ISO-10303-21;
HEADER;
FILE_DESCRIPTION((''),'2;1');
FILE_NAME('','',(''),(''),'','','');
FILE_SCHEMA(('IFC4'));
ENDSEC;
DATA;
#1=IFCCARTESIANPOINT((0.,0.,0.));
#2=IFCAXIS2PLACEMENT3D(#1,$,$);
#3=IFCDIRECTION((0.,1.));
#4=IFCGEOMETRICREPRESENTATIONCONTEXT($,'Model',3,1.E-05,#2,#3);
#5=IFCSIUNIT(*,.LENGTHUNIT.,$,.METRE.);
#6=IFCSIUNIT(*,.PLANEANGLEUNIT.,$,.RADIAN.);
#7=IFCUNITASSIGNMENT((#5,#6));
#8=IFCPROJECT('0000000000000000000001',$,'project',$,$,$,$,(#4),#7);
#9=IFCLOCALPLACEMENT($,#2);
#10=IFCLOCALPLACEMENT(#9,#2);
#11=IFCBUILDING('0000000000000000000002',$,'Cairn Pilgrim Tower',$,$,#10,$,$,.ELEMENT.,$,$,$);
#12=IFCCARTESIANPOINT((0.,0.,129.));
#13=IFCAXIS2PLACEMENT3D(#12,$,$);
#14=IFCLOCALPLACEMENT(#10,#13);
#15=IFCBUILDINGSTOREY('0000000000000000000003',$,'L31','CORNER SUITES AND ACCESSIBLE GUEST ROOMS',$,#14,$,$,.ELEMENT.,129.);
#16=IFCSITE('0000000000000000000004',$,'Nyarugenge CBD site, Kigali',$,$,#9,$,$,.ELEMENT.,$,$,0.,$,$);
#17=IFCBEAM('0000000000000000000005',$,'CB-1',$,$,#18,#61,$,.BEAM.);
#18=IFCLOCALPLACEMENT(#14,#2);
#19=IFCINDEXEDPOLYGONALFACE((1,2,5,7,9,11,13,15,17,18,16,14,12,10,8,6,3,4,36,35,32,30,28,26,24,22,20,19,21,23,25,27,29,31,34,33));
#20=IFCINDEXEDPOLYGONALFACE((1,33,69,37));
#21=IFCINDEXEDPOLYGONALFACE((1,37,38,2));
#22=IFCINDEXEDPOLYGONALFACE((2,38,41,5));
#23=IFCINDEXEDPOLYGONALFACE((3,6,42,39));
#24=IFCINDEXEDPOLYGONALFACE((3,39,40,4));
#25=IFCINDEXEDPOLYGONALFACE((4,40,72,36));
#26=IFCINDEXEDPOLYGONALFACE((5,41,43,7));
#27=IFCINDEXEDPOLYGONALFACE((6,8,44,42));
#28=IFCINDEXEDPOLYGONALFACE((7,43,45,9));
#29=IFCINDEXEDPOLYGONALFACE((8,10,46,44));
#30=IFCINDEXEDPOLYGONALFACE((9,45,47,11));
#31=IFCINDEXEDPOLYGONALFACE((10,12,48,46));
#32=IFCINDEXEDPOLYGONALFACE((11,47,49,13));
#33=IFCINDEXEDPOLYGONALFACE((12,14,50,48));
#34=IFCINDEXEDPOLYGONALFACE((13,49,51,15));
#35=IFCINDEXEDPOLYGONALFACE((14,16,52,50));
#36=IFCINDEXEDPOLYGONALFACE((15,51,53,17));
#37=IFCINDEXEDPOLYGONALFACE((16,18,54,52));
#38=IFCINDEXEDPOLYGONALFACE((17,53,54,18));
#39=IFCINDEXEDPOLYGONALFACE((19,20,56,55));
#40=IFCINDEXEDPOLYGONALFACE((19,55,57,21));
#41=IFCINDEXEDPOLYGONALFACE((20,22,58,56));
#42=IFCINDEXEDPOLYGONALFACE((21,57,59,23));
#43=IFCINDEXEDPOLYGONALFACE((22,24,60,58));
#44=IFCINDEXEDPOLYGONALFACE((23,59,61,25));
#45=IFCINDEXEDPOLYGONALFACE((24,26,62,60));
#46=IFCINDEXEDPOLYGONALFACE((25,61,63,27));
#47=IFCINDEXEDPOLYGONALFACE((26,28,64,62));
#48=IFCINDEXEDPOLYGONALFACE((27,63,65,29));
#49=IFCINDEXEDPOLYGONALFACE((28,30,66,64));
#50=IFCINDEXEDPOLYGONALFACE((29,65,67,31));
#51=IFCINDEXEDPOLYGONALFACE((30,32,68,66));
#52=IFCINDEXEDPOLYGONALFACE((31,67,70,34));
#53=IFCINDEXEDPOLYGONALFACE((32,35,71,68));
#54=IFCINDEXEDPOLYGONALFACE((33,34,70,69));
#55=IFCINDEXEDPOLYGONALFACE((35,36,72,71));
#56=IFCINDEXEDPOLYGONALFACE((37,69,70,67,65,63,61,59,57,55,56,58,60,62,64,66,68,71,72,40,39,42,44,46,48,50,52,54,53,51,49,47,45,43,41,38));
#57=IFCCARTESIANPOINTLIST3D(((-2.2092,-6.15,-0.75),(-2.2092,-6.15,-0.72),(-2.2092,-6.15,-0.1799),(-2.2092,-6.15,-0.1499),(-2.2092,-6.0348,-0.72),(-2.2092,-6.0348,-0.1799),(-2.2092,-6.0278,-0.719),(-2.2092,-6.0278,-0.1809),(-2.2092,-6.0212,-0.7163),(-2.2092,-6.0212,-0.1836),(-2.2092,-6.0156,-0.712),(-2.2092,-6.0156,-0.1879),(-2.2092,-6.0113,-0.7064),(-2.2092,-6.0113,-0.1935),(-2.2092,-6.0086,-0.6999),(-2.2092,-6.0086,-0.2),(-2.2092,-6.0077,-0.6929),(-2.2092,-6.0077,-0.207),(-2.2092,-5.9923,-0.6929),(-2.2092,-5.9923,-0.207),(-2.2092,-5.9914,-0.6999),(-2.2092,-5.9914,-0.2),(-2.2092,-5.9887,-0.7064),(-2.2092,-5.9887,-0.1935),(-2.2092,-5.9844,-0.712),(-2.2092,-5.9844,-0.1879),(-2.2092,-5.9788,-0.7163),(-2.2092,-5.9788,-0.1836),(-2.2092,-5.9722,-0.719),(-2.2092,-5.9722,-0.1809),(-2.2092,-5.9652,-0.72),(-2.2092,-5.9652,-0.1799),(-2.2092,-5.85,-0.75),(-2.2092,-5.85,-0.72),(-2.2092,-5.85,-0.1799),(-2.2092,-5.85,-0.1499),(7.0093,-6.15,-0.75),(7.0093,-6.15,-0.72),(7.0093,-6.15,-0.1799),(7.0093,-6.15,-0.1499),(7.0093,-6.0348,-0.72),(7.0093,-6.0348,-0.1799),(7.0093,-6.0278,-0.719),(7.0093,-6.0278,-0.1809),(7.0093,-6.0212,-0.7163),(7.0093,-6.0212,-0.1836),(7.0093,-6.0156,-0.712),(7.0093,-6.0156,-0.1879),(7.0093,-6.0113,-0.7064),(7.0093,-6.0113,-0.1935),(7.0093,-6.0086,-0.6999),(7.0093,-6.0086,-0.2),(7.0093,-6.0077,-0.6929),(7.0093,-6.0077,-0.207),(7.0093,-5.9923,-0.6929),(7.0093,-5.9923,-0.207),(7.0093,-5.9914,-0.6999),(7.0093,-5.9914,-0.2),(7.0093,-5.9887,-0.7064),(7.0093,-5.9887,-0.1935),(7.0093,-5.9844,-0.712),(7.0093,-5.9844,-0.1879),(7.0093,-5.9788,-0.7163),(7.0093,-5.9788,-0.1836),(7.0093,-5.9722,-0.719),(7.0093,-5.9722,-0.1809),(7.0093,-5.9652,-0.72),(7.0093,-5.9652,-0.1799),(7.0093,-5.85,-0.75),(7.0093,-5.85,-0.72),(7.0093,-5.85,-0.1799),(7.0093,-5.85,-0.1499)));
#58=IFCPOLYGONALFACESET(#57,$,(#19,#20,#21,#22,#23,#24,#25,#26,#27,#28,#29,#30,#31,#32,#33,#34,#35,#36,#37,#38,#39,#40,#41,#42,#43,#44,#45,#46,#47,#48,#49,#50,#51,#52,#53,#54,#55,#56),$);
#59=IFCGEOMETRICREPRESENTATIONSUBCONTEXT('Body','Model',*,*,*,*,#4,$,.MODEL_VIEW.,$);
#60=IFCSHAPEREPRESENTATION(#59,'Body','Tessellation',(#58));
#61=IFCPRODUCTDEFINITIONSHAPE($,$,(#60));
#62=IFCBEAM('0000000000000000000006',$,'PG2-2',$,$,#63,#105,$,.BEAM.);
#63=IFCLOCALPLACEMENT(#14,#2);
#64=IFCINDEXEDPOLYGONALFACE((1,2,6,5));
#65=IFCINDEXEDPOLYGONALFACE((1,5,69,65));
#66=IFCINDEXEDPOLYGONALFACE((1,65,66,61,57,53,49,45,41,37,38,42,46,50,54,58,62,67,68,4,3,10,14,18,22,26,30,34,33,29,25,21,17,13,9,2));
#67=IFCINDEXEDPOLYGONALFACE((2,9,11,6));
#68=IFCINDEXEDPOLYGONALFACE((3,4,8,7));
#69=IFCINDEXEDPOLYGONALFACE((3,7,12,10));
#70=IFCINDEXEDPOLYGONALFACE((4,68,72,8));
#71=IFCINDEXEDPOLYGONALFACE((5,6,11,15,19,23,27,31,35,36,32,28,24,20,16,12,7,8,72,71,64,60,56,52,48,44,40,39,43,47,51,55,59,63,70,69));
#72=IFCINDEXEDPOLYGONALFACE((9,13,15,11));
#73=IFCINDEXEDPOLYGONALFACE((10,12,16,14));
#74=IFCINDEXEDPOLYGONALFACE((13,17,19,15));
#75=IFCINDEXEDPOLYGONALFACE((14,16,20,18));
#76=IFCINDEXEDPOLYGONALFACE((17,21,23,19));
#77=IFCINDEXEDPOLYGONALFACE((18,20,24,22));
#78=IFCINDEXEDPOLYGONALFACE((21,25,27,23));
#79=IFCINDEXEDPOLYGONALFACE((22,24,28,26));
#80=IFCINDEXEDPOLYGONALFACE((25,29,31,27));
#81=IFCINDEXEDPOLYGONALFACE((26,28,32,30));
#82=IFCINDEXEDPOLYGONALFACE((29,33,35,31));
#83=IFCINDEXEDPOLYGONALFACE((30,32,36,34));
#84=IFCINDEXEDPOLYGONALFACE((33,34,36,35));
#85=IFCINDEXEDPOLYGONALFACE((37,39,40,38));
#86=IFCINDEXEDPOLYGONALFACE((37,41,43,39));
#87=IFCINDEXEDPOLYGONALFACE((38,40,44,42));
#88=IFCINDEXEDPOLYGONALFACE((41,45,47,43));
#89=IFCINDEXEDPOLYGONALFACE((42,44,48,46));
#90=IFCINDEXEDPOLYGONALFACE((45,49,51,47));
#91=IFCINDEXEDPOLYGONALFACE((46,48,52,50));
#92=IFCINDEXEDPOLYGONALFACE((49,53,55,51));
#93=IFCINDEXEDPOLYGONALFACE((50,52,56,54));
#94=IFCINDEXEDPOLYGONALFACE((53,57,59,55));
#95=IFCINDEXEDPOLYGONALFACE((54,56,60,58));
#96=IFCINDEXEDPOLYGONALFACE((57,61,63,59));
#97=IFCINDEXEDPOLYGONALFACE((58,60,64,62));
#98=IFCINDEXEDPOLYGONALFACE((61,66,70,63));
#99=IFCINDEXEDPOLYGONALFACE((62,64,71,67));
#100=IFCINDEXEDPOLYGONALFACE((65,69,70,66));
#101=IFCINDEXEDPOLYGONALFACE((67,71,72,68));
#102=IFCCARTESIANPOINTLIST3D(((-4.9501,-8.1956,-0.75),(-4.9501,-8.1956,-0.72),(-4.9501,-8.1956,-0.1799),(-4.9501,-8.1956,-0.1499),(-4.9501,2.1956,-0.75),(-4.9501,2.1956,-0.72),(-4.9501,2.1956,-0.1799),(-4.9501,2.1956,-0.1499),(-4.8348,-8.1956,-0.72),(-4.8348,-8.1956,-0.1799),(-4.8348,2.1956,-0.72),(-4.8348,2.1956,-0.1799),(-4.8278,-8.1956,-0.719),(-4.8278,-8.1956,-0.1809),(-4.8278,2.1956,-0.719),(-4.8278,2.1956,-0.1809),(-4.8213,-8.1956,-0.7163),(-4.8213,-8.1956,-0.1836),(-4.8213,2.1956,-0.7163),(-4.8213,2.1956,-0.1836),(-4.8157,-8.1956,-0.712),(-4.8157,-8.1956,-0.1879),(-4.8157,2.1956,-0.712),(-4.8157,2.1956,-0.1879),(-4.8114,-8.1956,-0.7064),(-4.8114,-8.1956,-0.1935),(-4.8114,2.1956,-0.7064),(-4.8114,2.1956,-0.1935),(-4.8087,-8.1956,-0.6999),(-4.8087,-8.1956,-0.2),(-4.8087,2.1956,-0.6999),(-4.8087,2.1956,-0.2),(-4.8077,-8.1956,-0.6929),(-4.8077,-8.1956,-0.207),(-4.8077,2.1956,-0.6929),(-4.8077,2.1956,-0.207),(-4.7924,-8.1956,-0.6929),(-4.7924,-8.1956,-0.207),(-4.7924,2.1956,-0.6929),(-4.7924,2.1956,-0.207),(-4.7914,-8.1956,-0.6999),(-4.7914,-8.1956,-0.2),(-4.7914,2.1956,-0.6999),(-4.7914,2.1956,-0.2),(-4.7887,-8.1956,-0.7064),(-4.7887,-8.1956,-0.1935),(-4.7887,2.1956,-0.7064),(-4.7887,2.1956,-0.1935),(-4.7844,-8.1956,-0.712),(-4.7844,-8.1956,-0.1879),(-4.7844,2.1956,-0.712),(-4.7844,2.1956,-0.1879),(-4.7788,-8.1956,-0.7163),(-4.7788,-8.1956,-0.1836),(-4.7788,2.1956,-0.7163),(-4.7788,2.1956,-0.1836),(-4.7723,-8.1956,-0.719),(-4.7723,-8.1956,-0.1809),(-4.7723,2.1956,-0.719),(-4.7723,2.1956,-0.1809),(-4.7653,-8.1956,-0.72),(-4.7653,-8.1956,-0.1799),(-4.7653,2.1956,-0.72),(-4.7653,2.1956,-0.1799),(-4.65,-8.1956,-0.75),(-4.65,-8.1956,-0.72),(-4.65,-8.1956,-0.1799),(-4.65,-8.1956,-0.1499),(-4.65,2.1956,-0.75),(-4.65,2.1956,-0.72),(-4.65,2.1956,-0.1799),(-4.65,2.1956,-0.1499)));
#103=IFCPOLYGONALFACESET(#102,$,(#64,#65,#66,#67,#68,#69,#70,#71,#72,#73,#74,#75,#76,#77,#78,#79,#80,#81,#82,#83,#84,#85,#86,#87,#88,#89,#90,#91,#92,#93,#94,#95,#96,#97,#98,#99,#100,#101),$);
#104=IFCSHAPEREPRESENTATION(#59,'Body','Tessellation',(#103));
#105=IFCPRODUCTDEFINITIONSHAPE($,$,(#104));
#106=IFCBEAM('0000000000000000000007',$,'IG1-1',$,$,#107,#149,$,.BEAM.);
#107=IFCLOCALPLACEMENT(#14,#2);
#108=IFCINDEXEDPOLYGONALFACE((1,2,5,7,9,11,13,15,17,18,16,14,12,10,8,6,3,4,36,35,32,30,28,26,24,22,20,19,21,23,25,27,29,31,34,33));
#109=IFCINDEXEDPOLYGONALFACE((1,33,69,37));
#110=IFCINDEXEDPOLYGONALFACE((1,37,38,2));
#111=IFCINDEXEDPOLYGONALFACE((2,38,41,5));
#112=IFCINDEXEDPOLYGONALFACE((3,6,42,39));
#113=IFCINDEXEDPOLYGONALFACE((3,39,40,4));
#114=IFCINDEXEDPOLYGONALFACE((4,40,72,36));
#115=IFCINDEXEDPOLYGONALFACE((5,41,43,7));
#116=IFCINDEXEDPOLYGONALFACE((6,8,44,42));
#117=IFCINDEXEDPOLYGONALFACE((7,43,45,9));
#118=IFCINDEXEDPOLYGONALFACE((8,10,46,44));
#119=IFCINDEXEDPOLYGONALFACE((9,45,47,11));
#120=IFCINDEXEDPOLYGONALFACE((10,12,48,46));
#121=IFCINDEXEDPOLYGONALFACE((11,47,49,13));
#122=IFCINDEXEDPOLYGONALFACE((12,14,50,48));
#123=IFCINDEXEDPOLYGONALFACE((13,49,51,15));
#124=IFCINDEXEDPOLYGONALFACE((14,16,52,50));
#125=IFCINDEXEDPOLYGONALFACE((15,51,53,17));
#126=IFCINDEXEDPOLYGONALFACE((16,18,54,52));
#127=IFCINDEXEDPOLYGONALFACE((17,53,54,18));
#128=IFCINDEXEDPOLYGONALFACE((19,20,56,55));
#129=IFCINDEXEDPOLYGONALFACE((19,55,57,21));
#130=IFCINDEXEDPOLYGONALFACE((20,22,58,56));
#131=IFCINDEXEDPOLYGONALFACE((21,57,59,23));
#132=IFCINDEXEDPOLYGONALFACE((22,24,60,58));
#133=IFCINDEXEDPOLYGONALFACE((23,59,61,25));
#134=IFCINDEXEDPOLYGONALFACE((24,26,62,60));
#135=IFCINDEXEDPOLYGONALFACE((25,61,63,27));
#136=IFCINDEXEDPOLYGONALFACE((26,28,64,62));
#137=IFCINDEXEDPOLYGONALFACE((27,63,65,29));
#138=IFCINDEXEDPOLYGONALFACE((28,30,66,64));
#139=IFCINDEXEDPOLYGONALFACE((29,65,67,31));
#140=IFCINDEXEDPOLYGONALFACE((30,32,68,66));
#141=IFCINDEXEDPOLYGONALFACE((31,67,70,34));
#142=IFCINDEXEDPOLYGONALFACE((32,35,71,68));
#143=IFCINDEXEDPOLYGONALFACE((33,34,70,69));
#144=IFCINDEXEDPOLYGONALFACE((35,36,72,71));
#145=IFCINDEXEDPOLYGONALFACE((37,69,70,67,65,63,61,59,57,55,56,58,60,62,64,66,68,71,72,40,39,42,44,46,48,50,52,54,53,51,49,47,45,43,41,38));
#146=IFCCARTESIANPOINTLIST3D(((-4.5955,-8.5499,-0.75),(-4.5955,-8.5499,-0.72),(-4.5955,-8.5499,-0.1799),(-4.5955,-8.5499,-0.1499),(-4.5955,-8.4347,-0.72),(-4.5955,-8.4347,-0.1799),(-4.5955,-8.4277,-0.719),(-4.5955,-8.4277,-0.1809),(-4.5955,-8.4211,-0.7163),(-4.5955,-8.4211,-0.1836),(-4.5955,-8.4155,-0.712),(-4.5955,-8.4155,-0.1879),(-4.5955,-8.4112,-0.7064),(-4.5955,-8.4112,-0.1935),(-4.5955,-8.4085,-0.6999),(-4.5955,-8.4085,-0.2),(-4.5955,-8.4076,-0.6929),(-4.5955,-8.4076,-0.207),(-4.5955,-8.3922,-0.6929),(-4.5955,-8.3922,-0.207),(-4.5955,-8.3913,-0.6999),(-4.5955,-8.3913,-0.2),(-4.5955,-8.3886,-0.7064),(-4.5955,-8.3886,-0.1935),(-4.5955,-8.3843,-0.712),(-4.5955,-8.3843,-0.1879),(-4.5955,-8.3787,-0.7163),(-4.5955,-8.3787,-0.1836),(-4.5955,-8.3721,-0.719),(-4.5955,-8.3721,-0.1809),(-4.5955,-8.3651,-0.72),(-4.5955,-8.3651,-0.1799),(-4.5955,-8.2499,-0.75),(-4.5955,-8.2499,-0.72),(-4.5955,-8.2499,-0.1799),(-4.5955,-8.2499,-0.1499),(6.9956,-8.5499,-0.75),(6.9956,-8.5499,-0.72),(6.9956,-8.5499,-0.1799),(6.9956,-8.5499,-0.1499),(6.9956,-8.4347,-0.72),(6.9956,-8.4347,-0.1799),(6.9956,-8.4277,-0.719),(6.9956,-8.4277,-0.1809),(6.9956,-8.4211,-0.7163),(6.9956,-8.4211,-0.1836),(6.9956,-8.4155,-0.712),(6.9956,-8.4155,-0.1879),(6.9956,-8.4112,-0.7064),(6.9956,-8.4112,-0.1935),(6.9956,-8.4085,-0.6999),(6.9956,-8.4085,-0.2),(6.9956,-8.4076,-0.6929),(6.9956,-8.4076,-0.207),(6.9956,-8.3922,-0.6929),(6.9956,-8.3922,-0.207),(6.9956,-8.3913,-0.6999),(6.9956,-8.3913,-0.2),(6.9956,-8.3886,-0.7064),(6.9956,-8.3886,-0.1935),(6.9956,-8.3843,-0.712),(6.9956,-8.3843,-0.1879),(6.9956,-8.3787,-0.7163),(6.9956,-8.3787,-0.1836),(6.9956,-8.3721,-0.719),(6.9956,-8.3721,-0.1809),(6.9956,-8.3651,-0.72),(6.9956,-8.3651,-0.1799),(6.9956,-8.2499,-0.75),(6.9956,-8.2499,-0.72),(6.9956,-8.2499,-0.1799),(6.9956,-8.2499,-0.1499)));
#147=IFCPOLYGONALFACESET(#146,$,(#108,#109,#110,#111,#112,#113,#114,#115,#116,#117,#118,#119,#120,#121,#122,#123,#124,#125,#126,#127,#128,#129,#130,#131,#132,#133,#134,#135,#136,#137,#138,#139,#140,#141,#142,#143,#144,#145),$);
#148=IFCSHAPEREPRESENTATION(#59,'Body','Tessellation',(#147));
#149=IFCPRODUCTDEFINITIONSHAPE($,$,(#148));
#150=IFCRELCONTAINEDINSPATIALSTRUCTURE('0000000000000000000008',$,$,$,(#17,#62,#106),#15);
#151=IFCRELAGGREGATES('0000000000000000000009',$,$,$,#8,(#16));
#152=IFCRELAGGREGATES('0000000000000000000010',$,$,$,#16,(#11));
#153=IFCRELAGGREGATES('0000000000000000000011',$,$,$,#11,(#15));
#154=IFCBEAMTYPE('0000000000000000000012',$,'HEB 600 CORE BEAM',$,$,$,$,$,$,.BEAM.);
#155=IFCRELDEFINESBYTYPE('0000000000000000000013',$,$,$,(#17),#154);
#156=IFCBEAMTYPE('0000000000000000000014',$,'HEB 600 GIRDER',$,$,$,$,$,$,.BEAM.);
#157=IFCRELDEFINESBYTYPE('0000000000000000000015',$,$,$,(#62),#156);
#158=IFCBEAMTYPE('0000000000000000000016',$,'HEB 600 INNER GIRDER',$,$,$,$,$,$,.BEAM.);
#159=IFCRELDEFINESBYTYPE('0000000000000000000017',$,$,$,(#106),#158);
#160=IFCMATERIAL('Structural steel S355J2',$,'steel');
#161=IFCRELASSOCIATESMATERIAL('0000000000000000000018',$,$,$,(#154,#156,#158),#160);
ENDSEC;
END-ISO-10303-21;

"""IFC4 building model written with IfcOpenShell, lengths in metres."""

from ifc_helpers import new_model, si_unit, direction, frame, origin, origin_2d, place, context, subcontext, project, spatial, i_section, extrude, material, material_profile, profile_set, type_object, element, save


model = new_model("IFC4")

# Units and contexts
model_context = context("Model", 3, precision=1e-05, world=origin(), true_north=direction((0.0, 1.0)))
body_context = subcontext(model_context, "Body", "Model", "MODEL_VIEW")
ifc_project = project(units=[si_unit("LENGTHUNIT", "METRE"), si_unit("PLANEANGLEUNIT", "RADIAN")], contexts=[model_context])

# Site, building, storey
site_placement = place(None, origin())
site = spatial("IfcSite", under=ifc_project, at=site_placement, Name="Nyarugenge CBD site, Kigali", CompositionType="ELEMENT", RefElevation=0.0)
building_placement = place(site_placement, origin())
building = spatial("IfcBuilding", under=site, at=building_placement, Name="Cairn Pilgrim Tower", CompositionType="ELEMENT")
storey_placement = place(building_placement, frame((0.0, 0.0, 129.0)))
storey = spatial("IfcBuildingStorey", under=building, at=storey_placement, Name="L31", Description="CORNER SUITES AND ACCESSIBLE GUEST ROOMS", CompositionType="ELEMENT", Elevation=129.0)

# Beams
ifc_material_1 = material(Name="Structural steel S355J2", Category="steel")
ifc_material_profile_1 = material_profile(ifc_material_1, i_section(OverallWidth=0.3, OverallDepth=0.6001, WebThickness=0.0154, FlangeThickness=0.03, FilletRadius=0.0271, at=origin_2d()), Name="HEB 600")
ifc_profile_set_1 = profile_set([ifc_material_profile_1], Name="Structural steel S355J2")
beam_type_1 = type_object("IfcBeamType", Name="HEB 600 CORE BEAM", PredefinedType="BEAM", material=ifc_profile_set_1)
beam_1_placement = place(storey_placement, frame((-2.2092, -6.0, -0.45), z_axis=(1.0, 0.0, 0.0), x_axis=(0.0, 1.0, 0.0)))
element("IfcBeam", 1, at=beam_1_placement, inside=storey, type_object=beam_type_1, Name="CB-1", PredefinedType="BEAM", context=body_context, shape_type="SweptSolid", body=[
    extrude(i_section(OverallWidth=0.3, OverallDepth=0.6001, WebThickness=0.0154, FlangeThickness=0.03, FilletRadius=0.0271, at=origin_2d()), origin(), (0.0, 0.0, 1.0), 9.2185),
])
ifc_material_profile_2 = material_profile(ifc_material_1, i_section(OverallWidth=0.3, OverallDepth=0.6001, WebThickness=0.0154, FlangeThickness=0.03, FilletRadius=0.0271, at=origin_2d()), Name="HEB 600")
ifc_profile_set_2 = profile_set([ifc_material_profile_2], Name="Structural steel S355J2")
beam_type_2 = type_object("IfcBeamType", Name="HEB 600 GIRDER", PredefinedType="BEAM", material=ifc_profile_set_2)
beam_2_placement = place(storey_placement, frame((-4.8, -8.1956, -0.45), z_axis=(0.0, 1.0, 0.0), x_axis=(-1.0, 0.0, 0.0)))
element("IfcBeam", 2, at=beam_2_placement, inside=storey, type_object=beam_type_2, Name="PG2-2", PredefinedType="BEAM", context=body_context, shape_type="SweptSolid", body=[
    extrude(i_section(OverallWidth=0.3, OverallDepth=0.6001, WebThickness=0.0154, FlangeThickness=0.03, FilletRadius=0.0271, at=origin_2d()), origin(), (0.0, 0.0, 1.0), 10.3911),
])
ifc_material_profile_3 = material_profile(ifc_material_1, i_section(OverallWidth=0.3, OverallDepth=0.6001, WebThickness=0.0154, FlangeThickness=0.03, FilletRadius=0.0271, at=origin_2d()), Name="HEB 600")
ifc_profile_set_3 = profile_set([ifc_material_profile_3], Name="Structural steel S355J2")
beam_type_3 = type_object("IfcBeamType", Name="HEB 600 INNER GIRDER", PredefinedType="BEAM", material=ifc_profile_set_3)
beam_3_placement = place(storey_placement, frame((-4.5955, -8.3999, -0.45), z_axis=(1.0, 0.0, 0.0), x_axis=(0.0, 1.0, 0.0)))
element("IfcBeam", 3, at=beam_3_placement, inside=storey, type_object=beam_type_3, Name="IG1-1", PredefinedType="BEAM", context=body_context, shape_type="SweptSolid", body=[
    extrude(i_section(OverallWidth=0.3, OverallDepth=0.6001, WebThickness=0.0154, FlangeThickness=0.03, FilletRadius=0.0271, at=origin_2d()), origin(), (0.0, 0.0, 1.0), 11.5911),
])

save(model, "model.ifc")
